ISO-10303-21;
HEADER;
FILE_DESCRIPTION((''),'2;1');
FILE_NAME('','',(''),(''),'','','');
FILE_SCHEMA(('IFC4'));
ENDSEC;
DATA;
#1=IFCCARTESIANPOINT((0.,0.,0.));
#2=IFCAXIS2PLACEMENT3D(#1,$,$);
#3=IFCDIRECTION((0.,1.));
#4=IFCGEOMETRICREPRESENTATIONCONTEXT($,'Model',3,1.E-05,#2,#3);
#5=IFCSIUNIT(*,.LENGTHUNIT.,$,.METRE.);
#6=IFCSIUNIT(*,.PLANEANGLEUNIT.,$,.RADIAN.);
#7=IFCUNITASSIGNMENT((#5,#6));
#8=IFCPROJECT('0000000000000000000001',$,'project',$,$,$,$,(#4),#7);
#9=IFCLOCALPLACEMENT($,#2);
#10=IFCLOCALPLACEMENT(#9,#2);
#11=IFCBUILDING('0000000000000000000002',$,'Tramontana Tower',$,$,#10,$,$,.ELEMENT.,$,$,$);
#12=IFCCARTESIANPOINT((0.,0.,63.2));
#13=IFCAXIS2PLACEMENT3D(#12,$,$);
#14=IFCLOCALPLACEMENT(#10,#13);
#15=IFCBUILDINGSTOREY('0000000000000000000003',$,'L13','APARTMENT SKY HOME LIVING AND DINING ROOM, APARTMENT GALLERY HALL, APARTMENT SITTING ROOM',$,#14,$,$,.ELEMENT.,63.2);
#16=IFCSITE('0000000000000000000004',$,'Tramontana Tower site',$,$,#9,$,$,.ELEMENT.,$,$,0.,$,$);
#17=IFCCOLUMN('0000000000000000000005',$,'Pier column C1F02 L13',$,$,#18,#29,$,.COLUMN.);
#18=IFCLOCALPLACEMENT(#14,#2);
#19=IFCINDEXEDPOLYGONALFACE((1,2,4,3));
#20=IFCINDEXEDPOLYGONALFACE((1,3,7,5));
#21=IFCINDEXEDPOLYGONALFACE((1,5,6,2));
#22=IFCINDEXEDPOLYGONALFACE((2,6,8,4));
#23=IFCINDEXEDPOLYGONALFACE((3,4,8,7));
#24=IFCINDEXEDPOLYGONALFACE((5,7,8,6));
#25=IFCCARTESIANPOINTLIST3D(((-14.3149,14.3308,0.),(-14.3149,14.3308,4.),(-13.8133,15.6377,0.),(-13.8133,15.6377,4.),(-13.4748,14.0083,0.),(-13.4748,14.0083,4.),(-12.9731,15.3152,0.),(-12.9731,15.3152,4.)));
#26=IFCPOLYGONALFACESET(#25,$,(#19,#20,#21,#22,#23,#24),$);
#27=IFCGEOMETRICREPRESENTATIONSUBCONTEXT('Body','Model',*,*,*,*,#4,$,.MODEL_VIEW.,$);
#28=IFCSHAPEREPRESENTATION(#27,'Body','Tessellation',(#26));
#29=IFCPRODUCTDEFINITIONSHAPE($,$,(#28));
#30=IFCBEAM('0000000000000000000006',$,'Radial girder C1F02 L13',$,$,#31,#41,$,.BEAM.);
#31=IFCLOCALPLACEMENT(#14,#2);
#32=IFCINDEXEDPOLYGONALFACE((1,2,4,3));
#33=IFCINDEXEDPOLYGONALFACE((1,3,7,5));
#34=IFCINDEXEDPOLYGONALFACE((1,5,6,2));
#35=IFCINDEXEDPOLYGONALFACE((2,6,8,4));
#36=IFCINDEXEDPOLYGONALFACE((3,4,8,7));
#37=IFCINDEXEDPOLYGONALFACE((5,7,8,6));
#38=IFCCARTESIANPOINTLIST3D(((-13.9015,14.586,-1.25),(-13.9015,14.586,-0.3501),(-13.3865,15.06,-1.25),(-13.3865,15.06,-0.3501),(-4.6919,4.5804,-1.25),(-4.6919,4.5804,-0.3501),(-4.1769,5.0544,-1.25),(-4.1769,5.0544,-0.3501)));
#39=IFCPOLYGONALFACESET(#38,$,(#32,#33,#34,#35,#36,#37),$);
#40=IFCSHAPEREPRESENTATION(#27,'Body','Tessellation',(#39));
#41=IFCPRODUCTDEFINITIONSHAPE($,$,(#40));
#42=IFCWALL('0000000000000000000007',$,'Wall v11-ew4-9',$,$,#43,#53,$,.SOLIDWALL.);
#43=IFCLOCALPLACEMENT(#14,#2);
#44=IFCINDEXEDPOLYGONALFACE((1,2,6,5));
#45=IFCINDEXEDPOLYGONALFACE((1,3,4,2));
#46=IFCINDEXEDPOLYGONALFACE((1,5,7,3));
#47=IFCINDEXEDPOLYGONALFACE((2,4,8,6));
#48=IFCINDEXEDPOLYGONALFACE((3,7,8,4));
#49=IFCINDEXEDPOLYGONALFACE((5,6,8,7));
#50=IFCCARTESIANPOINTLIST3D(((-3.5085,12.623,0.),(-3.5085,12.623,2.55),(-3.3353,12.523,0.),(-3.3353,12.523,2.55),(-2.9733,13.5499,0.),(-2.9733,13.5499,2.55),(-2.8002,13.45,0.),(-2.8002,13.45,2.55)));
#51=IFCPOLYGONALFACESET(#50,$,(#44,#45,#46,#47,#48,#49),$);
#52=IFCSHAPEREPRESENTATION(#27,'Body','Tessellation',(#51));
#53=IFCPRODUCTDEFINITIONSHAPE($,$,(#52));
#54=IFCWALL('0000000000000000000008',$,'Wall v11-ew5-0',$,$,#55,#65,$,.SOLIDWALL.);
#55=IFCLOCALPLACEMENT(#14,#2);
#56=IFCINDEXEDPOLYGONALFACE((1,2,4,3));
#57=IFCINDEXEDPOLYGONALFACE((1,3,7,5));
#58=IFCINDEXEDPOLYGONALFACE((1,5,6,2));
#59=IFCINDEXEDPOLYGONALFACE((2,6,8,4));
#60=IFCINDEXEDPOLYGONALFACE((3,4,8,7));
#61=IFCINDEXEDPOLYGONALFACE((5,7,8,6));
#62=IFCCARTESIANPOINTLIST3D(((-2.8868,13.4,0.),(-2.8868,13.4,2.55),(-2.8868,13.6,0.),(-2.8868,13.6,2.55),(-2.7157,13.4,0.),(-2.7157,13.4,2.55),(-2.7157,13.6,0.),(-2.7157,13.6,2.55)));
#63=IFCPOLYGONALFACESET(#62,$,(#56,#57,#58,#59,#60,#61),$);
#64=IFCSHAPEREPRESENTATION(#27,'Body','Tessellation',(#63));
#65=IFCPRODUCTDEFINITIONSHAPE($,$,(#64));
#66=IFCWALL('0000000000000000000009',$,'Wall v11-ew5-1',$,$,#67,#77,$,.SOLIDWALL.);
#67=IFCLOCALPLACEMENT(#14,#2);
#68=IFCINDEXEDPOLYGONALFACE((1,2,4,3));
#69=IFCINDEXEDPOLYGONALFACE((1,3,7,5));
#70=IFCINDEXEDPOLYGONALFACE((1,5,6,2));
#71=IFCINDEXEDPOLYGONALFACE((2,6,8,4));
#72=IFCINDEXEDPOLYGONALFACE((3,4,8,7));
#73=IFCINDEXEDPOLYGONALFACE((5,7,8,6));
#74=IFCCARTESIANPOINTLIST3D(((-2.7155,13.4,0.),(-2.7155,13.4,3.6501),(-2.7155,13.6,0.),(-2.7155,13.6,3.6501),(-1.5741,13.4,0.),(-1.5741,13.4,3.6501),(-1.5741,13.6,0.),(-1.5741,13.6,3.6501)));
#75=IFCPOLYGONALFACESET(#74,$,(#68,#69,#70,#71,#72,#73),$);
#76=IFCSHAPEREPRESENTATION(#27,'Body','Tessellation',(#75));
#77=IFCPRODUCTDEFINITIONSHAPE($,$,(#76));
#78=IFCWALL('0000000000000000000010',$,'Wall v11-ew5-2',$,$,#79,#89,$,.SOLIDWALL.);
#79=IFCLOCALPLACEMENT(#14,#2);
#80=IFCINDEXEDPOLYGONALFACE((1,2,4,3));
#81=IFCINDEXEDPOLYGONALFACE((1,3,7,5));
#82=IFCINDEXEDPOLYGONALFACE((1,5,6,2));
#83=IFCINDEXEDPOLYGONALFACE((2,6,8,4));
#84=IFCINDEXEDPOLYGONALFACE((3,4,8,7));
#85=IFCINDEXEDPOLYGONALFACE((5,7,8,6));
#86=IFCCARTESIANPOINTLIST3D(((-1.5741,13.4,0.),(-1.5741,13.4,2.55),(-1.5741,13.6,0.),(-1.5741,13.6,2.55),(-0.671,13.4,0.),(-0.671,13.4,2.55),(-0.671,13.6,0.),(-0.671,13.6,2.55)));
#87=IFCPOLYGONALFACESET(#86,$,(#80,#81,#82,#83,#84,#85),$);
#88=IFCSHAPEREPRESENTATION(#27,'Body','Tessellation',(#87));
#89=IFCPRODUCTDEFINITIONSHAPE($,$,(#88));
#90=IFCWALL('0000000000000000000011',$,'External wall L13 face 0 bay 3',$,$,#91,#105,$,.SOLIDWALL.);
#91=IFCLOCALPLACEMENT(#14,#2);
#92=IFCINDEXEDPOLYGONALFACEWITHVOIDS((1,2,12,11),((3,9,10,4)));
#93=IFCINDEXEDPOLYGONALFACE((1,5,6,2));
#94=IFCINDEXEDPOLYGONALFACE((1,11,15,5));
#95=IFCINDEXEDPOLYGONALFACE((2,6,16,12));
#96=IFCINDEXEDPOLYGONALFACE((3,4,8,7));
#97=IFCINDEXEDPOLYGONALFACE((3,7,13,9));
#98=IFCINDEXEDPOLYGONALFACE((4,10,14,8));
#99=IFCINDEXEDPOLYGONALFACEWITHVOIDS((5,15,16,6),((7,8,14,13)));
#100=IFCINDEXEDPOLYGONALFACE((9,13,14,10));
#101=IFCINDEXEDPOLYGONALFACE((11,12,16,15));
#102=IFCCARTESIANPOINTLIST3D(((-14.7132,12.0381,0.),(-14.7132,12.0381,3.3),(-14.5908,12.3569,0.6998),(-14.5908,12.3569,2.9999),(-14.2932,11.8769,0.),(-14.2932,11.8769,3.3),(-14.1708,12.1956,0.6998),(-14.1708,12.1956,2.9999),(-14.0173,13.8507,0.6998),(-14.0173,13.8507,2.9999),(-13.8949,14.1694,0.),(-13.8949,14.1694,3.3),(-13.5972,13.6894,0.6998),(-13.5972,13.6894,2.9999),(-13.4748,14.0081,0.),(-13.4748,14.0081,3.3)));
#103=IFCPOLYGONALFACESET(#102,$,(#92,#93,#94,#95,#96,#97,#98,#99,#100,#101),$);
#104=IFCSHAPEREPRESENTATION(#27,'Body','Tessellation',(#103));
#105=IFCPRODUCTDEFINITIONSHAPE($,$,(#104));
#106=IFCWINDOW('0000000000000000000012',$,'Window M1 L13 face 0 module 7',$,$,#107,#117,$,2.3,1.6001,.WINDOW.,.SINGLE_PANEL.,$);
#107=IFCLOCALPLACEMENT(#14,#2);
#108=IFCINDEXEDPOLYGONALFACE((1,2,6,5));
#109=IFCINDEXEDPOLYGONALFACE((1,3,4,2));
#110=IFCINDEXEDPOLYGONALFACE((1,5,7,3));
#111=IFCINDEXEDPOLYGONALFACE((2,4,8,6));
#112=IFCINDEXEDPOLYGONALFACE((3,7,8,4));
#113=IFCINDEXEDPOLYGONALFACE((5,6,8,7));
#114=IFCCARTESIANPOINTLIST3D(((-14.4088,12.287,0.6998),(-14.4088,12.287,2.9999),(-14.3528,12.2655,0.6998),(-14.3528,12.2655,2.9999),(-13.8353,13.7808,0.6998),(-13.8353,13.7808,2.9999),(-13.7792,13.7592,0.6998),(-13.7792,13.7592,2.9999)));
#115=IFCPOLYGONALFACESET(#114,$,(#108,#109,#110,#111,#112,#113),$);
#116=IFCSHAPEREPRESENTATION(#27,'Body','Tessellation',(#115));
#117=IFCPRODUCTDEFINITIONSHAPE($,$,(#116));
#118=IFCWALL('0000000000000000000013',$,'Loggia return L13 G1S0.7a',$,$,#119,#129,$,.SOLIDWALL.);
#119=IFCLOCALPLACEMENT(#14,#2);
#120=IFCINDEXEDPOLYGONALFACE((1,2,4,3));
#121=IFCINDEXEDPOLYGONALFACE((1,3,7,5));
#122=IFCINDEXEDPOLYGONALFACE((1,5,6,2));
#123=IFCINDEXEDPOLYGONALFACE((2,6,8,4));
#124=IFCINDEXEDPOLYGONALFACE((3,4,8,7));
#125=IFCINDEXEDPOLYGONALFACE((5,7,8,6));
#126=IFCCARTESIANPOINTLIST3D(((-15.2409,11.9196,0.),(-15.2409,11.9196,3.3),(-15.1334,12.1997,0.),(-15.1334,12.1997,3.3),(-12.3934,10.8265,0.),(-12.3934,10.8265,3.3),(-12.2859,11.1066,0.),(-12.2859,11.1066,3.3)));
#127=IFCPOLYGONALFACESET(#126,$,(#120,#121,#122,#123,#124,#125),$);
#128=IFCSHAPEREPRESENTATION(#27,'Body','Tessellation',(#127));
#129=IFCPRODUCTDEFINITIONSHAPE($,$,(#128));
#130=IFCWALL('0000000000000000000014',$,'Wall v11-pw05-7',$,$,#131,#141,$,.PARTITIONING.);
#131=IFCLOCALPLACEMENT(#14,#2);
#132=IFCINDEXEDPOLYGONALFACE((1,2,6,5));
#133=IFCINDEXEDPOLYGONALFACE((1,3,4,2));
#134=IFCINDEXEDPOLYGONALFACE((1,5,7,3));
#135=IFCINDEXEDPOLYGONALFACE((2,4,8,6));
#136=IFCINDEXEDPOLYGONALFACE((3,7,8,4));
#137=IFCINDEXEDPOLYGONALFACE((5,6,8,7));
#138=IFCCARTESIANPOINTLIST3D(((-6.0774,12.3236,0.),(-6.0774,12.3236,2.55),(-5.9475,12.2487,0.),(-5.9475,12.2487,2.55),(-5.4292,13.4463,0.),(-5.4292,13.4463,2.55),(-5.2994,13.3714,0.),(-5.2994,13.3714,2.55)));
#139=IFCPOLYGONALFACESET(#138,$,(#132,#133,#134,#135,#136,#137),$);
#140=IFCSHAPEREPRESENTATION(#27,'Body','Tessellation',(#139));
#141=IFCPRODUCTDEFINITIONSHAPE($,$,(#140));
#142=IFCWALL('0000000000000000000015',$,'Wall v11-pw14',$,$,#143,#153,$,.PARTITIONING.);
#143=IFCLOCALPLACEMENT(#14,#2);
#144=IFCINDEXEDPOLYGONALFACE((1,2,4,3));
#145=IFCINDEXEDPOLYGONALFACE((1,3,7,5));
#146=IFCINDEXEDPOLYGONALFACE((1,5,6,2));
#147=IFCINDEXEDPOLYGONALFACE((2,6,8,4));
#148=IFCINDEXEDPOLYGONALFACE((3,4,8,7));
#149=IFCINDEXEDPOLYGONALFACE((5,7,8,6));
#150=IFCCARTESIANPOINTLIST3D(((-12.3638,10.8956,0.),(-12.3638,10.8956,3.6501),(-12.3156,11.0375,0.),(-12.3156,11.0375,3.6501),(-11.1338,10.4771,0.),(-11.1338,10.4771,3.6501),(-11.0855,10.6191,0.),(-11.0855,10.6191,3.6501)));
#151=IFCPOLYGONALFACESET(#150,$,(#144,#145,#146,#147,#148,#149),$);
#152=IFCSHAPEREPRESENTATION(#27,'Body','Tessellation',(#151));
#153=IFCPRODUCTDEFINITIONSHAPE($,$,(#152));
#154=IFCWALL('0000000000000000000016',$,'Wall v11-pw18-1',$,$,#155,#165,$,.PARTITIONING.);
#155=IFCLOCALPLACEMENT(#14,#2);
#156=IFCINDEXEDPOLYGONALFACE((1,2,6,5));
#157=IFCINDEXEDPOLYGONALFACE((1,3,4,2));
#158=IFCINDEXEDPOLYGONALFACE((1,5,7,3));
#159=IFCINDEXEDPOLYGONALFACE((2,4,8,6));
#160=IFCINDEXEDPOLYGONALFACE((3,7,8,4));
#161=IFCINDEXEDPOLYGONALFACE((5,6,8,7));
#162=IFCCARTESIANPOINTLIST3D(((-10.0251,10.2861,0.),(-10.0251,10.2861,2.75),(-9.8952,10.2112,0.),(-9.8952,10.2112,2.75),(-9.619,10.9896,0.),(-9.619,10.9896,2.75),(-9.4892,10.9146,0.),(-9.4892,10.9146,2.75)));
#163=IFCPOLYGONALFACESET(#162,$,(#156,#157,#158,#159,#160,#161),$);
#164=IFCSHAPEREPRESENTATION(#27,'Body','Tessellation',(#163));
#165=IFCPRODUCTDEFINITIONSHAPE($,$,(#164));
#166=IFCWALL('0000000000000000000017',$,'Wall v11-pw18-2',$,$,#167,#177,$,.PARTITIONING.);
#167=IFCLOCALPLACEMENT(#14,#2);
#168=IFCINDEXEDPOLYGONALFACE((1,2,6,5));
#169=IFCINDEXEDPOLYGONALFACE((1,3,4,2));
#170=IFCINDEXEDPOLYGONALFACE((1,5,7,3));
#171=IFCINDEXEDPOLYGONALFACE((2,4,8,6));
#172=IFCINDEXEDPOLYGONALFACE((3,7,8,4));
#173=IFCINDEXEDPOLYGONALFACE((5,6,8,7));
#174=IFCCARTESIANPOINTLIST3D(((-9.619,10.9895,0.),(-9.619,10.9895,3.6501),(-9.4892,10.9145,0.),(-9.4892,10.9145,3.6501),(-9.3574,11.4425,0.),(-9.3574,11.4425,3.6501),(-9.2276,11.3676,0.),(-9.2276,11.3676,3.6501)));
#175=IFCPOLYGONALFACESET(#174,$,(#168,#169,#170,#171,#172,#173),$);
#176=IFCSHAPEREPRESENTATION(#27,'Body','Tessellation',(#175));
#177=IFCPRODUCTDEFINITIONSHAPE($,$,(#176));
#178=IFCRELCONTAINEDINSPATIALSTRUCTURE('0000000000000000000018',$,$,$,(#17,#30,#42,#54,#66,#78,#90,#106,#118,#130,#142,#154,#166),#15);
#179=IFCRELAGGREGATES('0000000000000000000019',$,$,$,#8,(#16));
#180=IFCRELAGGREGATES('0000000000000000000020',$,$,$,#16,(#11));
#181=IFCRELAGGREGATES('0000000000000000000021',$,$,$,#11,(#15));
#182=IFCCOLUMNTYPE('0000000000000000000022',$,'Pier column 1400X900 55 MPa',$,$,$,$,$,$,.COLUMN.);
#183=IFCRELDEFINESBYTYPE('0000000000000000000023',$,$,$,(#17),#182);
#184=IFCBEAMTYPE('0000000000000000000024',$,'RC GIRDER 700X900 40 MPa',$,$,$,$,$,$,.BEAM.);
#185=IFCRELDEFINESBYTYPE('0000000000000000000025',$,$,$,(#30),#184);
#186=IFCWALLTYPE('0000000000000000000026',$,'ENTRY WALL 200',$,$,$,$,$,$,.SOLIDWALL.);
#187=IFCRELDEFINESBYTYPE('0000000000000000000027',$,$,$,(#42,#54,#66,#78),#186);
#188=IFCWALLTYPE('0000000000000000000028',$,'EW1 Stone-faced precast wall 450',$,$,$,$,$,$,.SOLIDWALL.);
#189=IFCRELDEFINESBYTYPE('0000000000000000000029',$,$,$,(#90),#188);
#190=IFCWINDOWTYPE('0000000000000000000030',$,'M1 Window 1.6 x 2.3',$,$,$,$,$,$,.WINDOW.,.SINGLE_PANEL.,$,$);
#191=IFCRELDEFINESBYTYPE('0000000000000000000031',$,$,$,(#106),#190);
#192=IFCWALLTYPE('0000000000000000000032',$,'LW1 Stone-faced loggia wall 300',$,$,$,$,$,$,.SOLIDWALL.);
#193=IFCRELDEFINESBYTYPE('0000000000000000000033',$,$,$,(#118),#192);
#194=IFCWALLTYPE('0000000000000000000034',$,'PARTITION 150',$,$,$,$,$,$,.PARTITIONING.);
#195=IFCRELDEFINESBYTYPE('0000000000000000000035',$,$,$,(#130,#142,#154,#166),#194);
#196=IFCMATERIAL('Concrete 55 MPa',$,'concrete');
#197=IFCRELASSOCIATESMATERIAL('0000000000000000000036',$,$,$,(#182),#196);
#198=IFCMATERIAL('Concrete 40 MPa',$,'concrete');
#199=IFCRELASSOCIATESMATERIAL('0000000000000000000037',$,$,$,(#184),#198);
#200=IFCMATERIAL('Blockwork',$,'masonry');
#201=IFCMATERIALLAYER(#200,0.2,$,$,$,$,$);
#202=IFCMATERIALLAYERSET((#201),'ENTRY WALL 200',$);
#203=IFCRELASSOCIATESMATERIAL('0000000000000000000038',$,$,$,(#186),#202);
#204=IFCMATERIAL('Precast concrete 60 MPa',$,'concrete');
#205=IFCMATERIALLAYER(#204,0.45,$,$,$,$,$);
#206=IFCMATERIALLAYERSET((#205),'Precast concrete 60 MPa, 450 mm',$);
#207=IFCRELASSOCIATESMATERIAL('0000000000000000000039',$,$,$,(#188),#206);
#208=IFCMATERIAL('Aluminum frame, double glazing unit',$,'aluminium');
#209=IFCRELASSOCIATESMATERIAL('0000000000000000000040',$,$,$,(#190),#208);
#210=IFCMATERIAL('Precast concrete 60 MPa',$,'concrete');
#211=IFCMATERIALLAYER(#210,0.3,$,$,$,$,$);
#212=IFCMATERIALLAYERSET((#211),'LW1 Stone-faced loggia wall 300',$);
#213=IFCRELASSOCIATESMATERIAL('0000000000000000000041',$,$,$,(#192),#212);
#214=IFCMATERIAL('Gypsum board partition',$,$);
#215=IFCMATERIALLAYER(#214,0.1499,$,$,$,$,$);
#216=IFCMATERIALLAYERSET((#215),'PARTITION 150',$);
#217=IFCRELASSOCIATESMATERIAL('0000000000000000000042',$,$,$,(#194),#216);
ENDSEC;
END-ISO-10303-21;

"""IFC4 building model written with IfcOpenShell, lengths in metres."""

from ifc_helpers import new_model, si_unit, direction, frame, frame_2d, origin, origin_2d, place, context, subcontext, project, spatial, rectangle, extrude, material, layer, layer_set, material_profile, profile_set, type_object, element, fill, save


model = new_model("IFC4")

# Units and contexts
model_context = context("Model", 3, precision=1e-05, world=origin(), true_north=direction((0.0, 1.0)))
body_context = subcontext(model_context, "Body", "Model", "MODEL_VIEW")
ifc_project = project(units=[si_unit("LENGTHUNIT", "METRE"), si_unit("PLANEANGLEUNIT", "RADIAN")], contexts=[model_context])

# Site, building, storey
site_placement = place(None, origin())
site = spatial("IfcSite", under=ifc_project, at=site_placement, Name="Tramontana Tower site", CompositionType="ELEMENT", RefElevation=0.0)
building_placement = place(site_placement, origin())
building = spatial("IfcBuilding", under=site, at=building_placement, Name="Tramontana Tower", CompositionType="ELEMENT")
storey_placement = place(building_placement, frame((0.0, 0.0, 63.2)))
storey = spatial("IfcBuildingStorey", under=building, at=storey_placement, Name="L13", Description="APARTMENT SKY HOME LIVING AND DINING ROOM, APARTMENT GALLERY HALL, APARTMENT SITTING ROOM", CompositionType="ELEMENT", Elevation=63.2)

# Column
ifc_material_1 = material(Name="Concrete 55 MPa", Category="concrete")
ifc_material_profile_1 = material_profile(ifc_material_1, rectangle(XDim=1.3999, YDim=0.8999, at=origin_2d()), Name="Pier column 1400X900 55 MPa")
ifc_profile_set_1 = profile_set([ifc_material_profile_1], Name="Concrete 55 MPa")
column_type = type_object("IfcColumnType", Name="Pier column 1400X900 55 MPa", PredefinedType="COLUMN", material=ifc_profile_set_1)
column_placement = place(storey_placement, frame((-13.644, 14.823, 0.0), z_axis=(0.0, 0.0, 1.0), x_axis=(-0.358368, -0.93358, 0.0)))
element("IfcColumn", 1, at=column_placement, inside=storey, type_object=column_type, Name="Pier column C1F02 L13", PredefinedType="COLUMN", context=body_context, shape_type="SweptSolid", body=[
    extrude(rectangle(XDim=1.3999, YDim=0.8999, at=origin_2d()), origin(), (0.0, 0.0, 1.0), 4.0),
])

# Beam
ifc_material_2 = material(Name="Concrete 40 MPa", Category="concrete")
ifc_material_profile_2 = material_profile(ifc_material_2, rectangle(XDim=0.7, YDim=0.8999, at=origin_2d()), Name="RC GIRDER 700X900 40 MPa")
ifc_profile_set_2 = profile_set([ifc_material_profile_2], Name="Concrete 40 MPa")
beam_type = type_object("IfcBeamType", Name="RC GIRDER 700X900 40 MPa", PredefinedType="BEAM", material=ifc_profile_set_2)
beam_placement = place(storey_placement, frame((-13.644, 14.823, -0.8), z_axis=(0.677238, -0.735764, 0.0), x_axis=(0.735764, 0.677238, 0.0)))
element("IfcBeam", 2, at=beam_placement, inside=storey, type_object=beam_type, Name="Radial girder C1F02 L13", PredefinedType="BEAM", context=body_context, shape_type="SweptSolid", body=[
    extrude(rectangle(XDim=0.7, YDim=0.8999, at=origin_2d()), origin(), (0.0, 0.0, 1.0), 13.5989),
])

# Shared definitions
ifc_material_3 = material(Name="Blockwork", Category="masonry")
ifc_layer_1 = layer(ifc_material_3, 0.2)
ifc_layer_set_1 = layer_set([ifc_layer_1], Name="ENTRY WALL 200")
wall_type_1 = type_object("IfcWallType", Name="ENTRY WALL 200", PredefinedType="SOLIDWALL", material=ifc_layer_set_1)

# Walls
wall_1_placement = place(storey_placement, frame((-3.4219, 12.573, 0.0), z_axis=(0.0, 0.0, 1.0), x_axis=(0.499966, 0.866045, 0.0)))
element("IfcWall", 3, at=wall_1_placement, inside=storey, type_object=wall_type_1, Name="Wall v11-ew4-9", PredefinedType="SOLIDWALL", context=body_context, shape_type="SweptSolid", body=[
    extrude(rectangle(XDim=1.0703, YDim=0.2, at=frame_2d((0.5352, 0.0))), origin(), (0.0, 0.0, 1.0), 2.55),
])
wall_2_placement = place(storey_placement, frame((-2.8867, 13.5, 0.0), z_axis=(0.0, 0.0, 1.0), x_axis=(1.0, 0.0, 0.0)))
element("IfcWall", 4, at=wall_2_placement, inside=storey, type_object=wall_type_1, Name="Wall v11-ew5-0", PredefinedType="SOLIDWALL", context=body_context, shape_type="SweptSolid", body=[
    extrude(rectangle(XDim=0.1711, YDim=0.2, at=frame_2d((0.0854, 0.0))), origin(), (0.0, 0.0, 1.0), 2.55),
])
wall_3_placement = place(storey_placement, frame((-2.7156, 13.5, 0.0), z_axis=(0.0, 0.0, 1.0), x_axis=(1.0, 0.0, 0.0)))
element("IfcWall", 5, at=wall_3_placement, inside=storey, type_object=wall_type_1, Name="Wall v11-ew5-1", PredefinedType="SOLIDWALL", context=body_context, shape_type="SweptSolid", body=[
    extrude(rectangle(XDim=1.1414, YDim=0.2, at=frame_2d((0.5708, 0.0))), origin(), (0.0, 0.0, 1.0), 3.6501),
])
wall_4_placement = place(storey_placement, frame((-1.5742, 13.5, 0.0), z_axis=(0.0, 0.0, 1.0), x_axis=(1.0, 0.0, 0.0)))
element("IfcWall", 6, at=wall_4_placement, inside=storey, type_object=wall_type_1, Name="Wall v11-ew5-2", PredefinedType="SOLIDWALL", context=body_context, shape_type="SweptSolid", body=[
    extrude(rectangle(XDim=0.9031, YDim=0.2, at=frame_2d((0.4517, 0.0))), origin(), (0.0, 0.0, 1.0), 2.55),
])

# Wall, opening, window
ifc_material_4 = material(Name="Precast concrete 60 MPa", Category="concrete")
ifc_layer_2 = layer(ifc_material_4, 0.45)
ifc_layer_set_2 = layer_set([ifc_layer_2], Name="Precast concrete 60 MPa, 450 mm")
wall_type_2 = type_object("IfcWallType", Name="EW1 Stone-faced precast wall 450", PredefinedType="SOLIDWALL", material=ifc_layer_set_2)
wall_5_placement = place(storey_placement, frame((-13.6848, 14.0889, 0.0), z_axis=(0.0, 0.0, 1.0), x_axis=(-0.358449, -0.933549, 0.0)))
wall_5 = element("IfcWall", 7, at=wall_5_placement, inside=storey, type_object=wall_type_2, Name="External wall L13 face 0 bay 3", PredefinedType="SOLIDWALL", context=body_context, shape_type="SweptSolid", body=[
    extrude(rectangle(XDim=2.283, YDim=0.45, at=frame_2d((1.1416, 0.0))), origin(), (0.0, 0.0, 1.0), 3.3),
])
opening_1_placement = place(wall_5_placement, frame((0.3416, 0.0, 0.7)))
opening_1 = element("IfcOpeningElement", 8, at=opening_1_placement, cuts=wall_5, PredefinedType="OPENING", context=body_context, shape_type="SweptSolid", body=[
    extrude(rectangle(XDim=1.6001, YDim=2.3, at=frame_2d((0.8, 1.1499))), frame((0.0, 0.2349, 0.0), z_axis=(0.0, -1.0, 0.0), x_axis=(1.0, 0.0, 0.0)), (0.0, 0.0, 1.0), 0.47),
])
ifc_material_5 = material(Name="Aluminum frame, double glazing unit", Category="aluminium")
window_type = type_object("IfcWindowType", Name="M1 Window 1.6 x 2.3", PartitioningType="SINGLE_PANEL", PredefinedType="WINDOW", material=ifc_material_5)
window_placement = place(opening_1_placement, origin())
window = element("IfcWindow", 9, at=window_placement, inside=storey, type_object=window_type, Name="Window M1 L13 face 0 module 7", OverallHeight=2.3, OverallWidth=1.6001, PartitioningType="SINGLE_PANEL", PredefinedType="WINDOW", context=body_context, shape_type="SweptSolid", body=[
    extrude(rectangle(XDim=1.6001, YDim=2.3, at=frame_2d((0.8, 1.1499))), frame((0.0, 0.03, 0.0), z_axis=(0.0, -1.0, 0.0), x_axis=(1.0, 0.0, 0.0)), (0.0, 0.0, 1.0), 0.0601),
])
fill(opening_1, window)

# Shared definitions
ifc_material_6 = material(Name="Precast concrete 60 MPa", Category="concrete")
ifc_layer_3 = layer(ifc_material_6, 0.3)
ifc_layer_set_3 = layer_set([ifc_layer_3], Name="LW1 Stone-faced loggia wall 300")
wall_type_3 = type_object("IfcWallType", Name="LW1 Stone-faced loggia wall 300", PredefinedType="SOLIDWALL", material=ifc_layer_set_3)

# Walls
wall_6_placement = place(storey_placement, frame((-15.187, 12.0596, 0.0), z_axis=(0.0, 0.0, 1.0), x_axis=(0.933581, -0.358368, 0.0)))
element("IfcWall", 10, at=wall_6_placement, inside=storey, type_object=wall_type_3, Name="Loggia return L13 G1S0.7a", PredefinedType="SOLIDWALL", context=body_context, shape_type="SweptSolid", body=[
    extrude(rectangle(XDim=3.05, YDim=0.3, at=frame_2d((1.5249, 0.0))), origin(), (0.0, 0.0, 1.0), 3.3),
])
ifc_material_7 = material(Name="Gypsum board partition")
ifc_layer_4 = layer(ifc_material_7, 0.1499)
ifc_layer_set_4 = layer_set([ifc_layer_4], Name="PARTITION 150")
wall_type_4 = type_object("IfcWallType", Name="PARTITION 150", PredefinedType="PARTITIONING", material=ifc_layer_set_4)
wall_7_placement = place(storey_placement, frame((-6.0125, 12.2861, 0.0), z_axis=(0.0, 0.0, 1.0), x_axis=(0.499967, 0.866044, 0.0)))
element("IfcWall", 11, at=wall_7_placement, inside=storey, type_object=wall_type_4, Name="Wall v11-pw05-7", PredefinedType="PARTITIONING", context=body_context, shape_type="SweptSolid", body=[
    extrude(rectangle(XDim=1.2964, YDim=0.1499, at=frame_2d((0.6482, 0.0))), origin(), (0.0, 0.0, 1.0), 2.55),
])
wall_8_placement = place(storey_placement, frame((-11.1096, 10.5481, 0.0), z_axis=(0.0, 0.0, 1.0), x_axis=(-0.946711, 0.322085, 0.0)))
element("IfcWall", 12, at=wall_8_placement, inside=storey, type_object=wall_type_4, Name="Wall v11-pw14", PredefinedType="PARTITIONING", context=body_context, shape_type="SweptSolid", body=[
    extrude(rectangle(XDim=1.2993, YDim=0.1499, at=frame_2d((0.6497, 0.0))), origin(), (0.0, 0.0, 1.0), 3.6501),
])
wall_9_placement = place(storey_placement, frame((-9.9602, 10.2485, 0.0), z_axis=(0.0, 0.0, 1.0), x_axis=(0.499922, 0.86607, 0.0)))
element("IfcWall", 13, at=wall_9_placement, inside=storey, type_object=wall_type_4, Name="Wall v11-pw18-1", PredefinedType="PARTITIONING", context=body_context, shape_type="SweptSolid", body=[
    extrude(rectangle(XDim=0.8123, YDim=0.1499, at=frame_2d((0.4062, 0.0))), origin(), (0.0, 0.0, 1.0), 2.75),
])
wall_10_placement = place(storey_placement, frame((-9.5542, 10.9519, 0.0), z_axis=(0.0, 0.0, 1.0), x_axis=(0.500153, 0.865937, 0.0)))
element("IfcWall", 14, at=wall_10_placement, inside=storey, type_object=wall_type_4, Name="Wall v11-pw18-2", PredefinedType="PARTITIONING", context=body_context, shape_type="SweptSolid", body=[
    extrude(rectangle(XDim=0.5232, YDim=0.1499, at=frame_2d((0.2617, 0.0))), origin(), (0.0, 0.0, 1.0), 3.6501),
])

save(model, "model.ifc")
